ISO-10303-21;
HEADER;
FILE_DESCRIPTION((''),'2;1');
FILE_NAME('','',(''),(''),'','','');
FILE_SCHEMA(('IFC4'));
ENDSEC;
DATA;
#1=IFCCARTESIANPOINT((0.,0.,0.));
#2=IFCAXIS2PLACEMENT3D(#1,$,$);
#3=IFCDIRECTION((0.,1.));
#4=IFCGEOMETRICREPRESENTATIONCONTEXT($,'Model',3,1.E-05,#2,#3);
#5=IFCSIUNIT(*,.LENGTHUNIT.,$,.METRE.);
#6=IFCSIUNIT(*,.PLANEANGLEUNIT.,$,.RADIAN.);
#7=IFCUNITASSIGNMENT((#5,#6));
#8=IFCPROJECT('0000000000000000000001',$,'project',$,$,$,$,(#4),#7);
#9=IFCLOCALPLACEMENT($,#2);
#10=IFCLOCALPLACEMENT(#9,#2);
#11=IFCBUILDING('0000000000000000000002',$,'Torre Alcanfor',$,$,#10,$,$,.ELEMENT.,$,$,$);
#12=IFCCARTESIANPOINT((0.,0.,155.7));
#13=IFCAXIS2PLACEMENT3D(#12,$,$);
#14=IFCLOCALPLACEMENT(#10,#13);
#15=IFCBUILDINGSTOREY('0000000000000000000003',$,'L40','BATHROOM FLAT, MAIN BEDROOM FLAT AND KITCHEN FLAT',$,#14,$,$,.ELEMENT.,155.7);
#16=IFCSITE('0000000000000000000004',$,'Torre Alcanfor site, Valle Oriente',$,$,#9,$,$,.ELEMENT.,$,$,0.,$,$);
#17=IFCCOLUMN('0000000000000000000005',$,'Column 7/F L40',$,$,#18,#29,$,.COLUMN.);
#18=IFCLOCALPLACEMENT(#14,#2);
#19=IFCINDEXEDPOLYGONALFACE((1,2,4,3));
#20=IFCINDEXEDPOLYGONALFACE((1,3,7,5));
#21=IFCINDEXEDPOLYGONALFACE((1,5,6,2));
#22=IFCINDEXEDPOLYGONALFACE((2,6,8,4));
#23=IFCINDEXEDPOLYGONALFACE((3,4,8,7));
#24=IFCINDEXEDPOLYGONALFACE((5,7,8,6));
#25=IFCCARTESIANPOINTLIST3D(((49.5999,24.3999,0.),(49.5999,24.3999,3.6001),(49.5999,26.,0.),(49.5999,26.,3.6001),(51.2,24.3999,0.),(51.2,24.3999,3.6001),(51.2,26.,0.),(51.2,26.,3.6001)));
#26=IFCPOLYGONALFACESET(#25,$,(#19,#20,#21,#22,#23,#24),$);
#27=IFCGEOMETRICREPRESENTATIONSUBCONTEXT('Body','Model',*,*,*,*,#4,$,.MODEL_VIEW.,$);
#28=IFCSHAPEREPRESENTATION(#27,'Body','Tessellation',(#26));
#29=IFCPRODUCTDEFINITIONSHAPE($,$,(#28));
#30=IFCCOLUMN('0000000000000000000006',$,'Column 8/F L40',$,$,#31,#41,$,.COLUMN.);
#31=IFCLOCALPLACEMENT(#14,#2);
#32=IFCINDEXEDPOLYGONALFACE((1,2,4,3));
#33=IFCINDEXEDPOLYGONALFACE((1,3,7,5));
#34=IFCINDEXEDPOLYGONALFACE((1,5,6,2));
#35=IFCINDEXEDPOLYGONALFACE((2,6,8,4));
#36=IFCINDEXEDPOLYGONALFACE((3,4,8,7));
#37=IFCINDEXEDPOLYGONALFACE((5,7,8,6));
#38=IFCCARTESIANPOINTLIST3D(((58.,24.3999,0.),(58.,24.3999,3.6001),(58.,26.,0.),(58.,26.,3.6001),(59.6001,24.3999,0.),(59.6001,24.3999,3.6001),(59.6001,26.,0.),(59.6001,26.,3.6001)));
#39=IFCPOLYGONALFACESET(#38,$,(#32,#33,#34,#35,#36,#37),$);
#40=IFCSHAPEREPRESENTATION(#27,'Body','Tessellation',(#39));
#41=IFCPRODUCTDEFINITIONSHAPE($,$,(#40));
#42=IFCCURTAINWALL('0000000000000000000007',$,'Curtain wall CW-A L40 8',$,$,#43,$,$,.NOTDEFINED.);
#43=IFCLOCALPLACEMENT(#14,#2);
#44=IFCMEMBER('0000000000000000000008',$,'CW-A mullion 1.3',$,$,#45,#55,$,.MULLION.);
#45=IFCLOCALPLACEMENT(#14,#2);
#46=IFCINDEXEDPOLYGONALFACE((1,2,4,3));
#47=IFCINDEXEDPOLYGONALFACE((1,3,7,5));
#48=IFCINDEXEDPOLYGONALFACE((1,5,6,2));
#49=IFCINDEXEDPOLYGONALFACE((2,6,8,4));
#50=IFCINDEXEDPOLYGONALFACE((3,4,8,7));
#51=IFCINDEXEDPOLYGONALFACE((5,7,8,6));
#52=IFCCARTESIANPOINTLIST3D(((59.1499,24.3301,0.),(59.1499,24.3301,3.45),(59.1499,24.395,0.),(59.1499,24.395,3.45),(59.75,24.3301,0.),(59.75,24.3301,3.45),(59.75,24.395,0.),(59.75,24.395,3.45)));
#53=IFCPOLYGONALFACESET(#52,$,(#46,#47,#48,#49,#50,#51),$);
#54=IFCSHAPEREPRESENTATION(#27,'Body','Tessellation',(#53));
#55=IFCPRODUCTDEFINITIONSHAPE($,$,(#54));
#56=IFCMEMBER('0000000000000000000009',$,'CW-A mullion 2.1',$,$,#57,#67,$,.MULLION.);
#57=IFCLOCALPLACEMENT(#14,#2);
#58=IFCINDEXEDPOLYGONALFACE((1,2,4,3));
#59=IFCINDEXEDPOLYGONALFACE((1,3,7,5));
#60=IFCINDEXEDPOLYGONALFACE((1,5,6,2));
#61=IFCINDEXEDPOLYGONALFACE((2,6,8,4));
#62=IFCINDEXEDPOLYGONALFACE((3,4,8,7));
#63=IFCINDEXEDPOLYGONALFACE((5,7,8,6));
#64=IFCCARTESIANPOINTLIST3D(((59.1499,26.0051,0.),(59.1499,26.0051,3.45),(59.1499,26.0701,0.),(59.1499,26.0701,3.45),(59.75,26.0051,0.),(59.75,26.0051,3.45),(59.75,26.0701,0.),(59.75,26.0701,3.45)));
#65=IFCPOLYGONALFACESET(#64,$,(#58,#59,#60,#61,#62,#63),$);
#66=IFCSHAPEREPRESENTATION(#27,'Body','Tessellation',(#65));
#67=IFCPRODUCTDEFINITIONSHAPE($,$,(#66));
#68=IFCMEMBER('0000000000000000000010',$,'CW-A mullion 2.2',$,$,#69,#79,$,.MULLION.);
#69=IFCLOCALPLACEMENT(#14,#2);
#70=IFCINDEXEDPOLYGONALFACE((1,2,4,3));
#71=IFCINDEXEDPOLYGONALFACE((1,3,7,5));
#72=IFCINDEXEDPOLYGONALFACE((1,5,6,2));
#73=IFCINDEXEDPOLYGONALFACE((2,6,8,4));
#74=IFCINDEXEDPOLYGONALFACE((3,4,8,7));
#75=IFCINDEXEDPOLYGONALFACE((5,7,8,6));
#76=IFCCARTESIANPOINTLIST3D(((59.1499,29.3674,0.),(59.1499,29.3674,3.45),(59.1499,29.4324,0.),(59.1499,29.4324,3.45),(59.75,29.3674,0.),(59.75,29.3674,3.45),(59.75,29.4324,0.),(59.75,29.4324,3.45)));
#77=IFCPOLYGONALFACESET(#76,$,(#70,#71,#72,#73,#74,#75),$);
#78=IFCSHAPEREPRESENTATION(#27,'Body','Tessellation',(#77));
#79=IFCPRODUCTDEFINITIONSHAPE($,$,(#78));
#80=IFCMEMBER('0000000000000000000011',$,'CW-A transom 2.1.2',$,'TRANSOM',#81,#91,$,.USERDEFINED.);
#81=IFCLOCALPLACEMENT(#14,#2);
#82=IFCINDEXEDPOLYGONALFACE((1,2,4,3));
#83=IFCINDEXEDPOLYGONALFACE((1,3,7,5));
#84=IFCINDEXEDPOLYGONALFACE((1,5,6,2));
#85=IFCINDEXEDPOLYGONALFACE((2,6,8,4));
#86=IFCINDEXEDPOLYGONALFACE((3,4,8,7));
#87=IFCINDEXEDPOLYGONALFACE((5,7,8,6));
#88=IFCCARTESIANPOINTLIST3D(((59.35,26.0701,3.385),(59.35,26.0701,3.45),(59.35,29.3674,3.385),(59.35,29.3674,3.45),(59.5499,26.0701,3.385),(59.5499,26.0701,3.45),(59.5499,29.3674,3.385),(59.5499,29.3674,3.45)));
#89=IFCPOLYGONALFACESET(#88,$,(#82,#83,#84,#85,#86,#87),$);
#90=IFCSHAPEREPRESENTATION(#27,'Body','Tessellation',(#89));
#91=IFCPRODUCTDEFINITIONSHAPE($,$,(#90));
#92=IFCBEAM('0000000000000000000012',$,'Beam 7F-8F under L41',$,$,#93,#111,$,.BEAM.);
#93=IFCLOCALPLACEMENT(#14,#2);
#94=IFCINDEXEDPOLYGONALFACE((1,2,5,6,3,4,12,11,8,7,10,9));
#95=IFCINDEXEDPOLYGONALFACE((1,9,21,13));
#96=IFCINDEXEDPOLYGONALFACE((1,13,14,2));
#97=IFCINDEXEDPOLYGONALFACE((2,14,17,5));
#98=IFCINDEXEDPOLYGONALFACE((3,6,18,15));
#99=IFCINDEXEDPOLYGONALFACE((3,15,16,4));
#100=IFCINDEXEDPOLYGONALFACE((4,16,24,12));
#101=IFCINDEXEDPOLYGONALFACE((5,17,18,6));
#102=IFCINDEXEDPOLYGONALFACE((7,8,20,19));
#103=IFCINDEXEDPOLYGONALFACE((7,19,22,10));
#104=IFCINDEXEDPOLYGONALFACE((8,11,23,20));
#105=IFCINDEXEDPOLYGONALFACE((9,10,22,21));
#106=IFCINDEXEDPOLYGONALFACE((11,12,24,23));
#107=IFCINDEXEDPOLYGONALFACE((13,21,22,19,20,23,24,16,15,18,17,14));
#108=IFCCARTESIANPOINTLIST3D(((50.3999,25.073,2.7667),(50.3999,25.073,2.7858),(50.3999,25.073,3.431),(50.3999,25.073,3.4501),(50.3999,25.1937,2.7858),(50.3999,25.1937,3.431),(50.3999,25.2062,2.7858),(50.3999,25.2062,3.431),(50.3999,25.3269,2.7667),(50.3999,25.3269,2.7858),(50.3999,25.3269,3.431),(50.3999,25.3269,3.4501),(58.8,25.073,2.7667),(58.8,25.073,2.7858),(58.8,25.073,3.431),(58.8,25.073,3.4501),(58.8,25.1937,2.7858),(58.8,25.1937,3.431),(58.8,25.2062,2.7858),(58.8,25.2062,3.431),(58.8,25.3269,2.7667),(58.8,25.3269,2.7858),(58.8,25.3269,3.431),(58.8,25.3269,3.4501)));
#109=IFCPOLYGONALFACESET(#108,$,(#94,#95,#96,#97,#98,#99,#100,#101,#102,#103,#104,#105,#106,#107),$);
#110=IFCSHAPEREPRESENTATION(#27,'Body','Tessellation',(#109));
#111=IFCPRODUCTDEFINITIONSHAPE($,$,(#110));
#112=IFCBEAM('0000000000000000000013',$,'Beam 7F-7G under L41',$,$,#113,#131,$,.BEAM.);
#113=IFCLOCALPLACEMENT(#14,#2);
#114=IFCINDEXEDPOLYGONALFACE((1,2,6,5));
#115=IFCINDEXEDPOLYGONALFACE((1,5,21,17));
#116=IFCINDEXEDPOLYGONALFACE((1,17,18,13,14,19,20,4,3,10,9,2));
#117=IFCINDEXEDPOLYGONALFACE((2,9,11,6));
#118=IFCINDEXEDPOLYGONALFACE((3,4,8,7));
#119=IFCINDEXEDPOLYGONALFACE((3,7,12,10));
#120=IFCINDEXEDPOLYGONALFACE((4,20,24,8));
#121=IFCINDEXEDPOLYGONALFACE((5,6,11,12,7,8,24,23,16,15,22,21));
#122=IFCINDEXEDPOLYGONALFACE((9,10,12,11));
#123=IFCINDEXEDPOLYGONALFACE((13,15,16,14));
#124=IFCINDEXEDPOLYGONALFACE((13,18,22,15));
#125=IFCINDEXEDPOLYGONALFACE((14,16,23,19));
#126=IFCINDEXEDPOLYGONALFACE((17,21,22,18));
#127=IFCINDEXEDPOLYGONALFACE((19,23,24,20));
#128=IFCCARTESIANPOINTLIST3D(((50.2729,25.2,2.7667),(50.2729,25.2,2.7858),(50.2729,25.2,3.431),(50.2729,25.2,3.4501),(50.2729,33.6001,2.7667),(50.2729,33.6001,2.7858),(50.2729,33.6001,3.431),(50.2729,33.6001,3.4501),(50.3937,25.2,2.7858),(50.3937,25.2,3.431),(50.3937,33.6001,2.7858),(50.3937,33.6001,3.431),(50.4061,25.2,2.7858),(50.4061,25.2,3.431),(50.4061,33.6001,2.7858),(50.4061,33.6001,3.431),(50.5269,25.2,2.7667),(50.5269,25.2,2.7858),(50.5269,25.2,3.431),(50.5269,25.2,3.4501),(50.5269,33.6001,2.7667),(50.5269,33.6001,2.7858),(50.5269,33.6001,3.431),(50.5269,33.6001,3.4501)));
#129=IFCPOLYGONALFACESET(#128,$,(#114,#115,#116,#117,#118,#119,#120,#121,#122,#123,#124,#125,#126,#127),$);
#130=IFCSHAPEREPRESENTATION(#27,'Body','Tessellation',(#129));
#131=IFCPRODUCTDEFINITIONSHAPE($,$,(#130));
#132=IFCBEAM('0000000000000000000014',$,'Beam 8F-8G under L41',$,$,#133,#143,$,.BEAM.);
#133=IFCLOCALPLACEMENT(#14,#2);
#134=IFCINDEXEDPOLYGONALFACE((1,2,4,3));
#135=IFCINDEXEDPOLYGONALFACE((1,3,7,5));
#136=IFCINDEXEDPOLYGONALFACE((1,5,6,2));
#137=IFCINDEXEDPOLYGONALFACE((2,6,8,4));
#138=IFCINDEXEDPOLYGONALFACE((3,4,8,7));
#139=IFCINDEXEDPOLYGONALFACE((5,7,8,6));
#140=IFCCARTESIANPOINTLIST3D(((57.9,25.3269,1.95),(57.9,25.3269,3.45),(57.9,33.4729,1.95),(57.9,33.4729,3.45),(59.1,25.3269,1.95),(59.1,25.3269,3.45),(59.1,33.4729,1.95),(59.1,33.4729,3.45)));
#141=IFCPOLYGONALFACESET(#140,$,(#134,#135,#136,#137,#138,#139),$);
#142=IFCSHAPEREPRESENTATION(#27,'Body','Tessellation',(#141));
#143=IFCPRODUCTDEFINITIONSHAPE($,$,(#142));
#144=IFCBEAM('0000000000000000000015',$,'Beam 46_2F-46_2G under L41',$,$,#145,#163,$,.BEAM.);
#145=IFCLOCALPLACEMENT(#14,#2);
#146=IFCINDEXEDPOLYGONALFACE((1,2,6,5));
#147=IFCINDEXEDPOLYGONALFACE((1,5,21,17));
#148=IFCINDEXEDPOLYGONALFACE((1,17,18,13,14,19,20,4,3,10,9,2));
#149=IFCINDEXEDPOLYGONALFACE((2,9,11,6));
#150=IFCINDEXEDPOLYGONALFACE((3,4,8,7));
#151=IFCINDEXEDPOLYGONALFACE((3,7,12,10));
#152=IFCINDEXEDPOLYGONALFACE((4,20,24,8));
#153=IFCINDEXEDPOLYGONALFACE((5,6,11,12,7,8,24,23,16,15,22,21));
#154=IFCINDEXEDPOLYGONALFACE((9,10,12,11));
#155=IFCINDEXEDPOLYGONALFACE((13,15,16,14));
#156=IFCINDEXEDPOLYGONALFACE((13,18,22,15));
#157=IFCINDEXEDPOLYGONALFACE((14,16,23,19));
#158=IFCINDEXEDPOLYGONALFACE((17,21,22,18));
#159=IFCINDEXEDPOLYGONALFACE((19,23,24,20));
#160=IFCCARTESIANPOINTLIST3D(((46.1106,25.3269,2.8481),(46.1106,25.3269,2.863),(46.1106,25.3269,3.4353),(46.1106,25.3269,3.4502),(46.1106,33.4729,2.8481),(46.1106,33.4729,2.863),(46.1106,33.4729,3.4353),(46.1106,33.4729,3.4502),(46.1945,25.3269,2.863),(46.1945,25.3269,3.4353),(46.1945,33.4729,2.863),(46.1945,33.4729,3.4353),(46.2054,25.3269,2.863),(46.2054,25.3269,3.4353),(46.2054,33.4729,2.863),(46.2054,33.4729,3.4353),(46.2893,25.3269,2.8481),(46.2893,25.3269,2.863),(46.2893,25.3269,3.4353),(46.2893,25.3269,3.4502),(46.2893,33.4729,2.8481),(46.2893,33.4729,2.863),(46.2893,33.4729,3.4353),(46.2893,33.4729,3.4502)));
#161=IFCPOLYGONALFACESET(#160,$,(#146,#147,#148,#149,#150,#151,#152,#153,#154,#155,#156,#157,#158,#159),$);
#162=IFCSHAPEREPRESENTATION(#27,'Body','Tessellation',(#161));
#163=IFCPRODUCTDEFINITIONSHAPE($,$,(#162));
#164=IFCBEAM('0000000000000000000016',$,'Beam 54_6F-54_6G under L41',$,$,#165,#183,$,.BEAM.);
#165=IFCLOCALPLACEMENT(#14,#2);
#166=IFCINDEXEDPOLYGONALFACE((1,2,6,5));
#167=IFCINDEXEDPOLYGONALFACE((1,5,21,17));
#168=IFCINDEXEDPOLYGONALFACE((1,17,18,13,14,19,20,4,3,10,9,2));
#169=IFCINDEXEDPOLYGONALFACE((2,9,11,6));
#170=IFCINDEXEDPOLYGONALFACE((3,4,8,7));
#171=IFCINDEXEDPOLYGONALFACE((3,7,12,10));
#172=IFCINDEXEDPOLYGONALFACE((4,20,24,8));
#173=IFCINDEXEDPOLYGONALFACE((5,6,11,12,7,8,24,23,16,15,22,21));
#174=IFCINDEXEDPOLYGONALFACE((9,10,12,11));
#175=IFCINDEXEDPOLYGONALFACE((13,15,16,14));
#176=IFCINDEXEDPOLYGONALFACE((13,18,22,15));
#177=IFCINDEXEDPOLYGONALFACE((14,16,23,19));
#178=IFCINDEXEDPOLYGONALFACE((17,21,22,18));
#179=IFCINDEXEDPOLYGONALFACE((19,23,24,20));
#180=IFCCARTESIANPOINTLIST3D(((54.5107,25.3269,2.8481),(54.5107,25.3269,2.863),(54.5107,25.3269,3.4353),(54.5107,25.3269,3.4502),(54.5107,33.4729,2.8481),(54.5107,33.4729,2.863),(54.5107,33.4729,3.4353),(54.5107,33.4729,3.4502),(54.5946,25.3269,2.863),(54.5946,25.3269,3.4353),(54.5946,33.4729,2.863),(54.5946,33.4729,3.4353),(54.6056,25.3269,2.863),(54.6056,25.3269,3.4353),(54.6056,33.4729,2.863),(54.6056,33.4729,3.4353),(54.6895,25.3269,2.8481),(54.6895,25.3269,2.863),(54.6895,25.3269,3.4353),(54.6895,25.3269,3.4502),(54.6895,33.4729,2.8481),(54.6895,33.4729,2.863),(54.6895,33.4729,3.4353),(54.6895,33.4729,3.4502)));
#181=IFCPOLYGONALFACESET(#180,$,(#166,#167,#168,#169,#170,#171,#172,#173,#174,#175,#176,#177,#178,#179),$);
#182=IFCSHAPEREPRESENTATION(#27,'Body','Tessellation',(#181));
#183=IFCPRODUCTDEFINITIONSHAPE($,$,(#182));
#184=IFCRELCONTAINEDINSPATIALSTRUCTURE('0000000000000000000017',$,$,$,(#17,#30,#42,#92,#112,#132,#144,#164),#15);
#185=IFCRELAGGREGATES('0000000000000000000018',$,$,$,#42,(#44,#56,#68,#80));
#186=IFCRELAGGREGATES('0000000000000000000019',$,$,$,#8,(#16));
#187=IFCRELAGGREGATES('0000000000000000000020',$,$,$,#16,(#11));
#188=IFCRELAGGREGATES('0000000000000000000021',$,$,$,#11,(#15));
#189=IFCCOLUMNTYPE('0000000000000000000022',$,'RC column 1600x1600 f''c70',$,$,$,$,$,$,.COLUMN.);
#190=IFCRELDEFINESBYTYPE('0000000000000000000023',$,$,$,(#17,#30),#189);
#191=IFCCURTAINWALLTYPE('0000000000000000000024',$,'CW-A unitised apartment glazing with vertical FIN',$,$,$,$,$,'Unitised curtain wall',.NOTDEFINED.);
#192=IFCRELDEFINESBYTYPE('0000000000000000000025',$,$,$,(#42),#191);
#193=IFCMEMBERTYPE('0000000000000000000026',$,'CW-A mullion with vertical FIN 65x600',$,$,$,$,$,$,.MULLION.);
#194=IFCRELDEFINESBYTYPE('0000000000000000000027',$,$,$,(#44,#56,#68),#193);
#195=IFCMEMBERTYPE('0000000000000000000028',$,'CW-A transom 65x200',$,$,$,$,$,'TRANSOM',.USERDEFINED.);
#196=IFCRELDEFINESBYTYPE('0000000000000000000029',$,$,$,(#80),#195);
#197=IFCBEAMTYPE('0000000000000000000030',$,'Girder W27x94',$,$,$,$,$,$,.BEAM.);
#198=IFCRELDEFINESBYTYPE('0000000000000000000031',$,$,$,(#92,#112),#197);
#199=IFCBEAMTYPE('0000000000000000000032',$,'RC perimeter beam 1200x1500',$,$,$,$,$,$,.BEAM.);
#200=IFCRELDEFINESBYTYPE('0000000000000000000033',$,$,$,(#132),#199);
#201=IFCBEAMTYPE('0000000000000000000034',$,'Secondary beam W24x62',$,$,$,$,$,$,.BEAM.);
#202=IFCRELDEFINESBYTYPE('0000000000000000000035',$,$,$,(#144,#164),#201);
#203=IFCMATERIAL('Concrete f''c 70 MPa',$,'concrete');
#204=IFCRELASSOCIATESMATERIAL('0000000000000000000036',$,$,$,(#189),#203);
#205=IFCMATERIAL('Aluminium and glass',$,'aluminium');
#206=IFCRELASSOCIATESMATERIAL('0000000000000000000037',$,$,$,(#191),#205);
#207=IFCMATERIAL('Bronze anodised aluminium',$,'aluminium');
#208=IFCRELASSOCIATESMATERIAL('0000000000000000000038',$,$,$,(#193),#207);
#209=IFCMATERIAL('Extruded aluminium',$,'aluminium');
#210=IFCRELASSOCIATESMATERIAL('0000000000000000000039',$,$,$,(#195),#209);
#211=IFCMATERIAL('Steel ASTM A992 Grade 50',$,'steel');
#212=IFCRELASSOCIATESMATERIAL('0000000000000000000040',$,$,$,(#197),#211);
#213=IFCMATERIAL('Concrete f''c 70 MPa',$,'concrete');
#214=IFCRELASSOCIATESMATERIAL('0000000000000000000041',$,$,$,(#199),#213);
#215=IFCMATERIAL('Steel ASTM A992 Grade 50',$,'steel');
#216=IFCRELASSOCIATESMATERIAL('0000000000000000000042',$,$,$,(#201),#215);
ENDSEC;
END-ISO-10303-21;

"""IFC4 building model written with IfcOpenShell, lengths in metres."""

from ifc_helpers import new_model, si_unit, direction, frame, origin, origin_2d, place, context, subcontext, project, spatial, rectangle, i_section, extrude, material, material_profile, profile_set, type_object, element, aggregate, save


model = new_model("IFC4")

# Units and contexts
model_context = context("Model", 3, precision=1e-05, world=origin(), true_north=direction((0.0, 1.0)))
body_context = subcontext(model_context, "Body", "Model", "MODEL_VIEW")
ifc_project = project(units=[si_unit("LENGTHUNIT", "METRE"), si_unit("PLANEANGLEUNIT", "RADIAN")], contexts=[model_context])

# Site, building, storey
site_placement = place(None, origin())
site = spatial("IfcSite", under=ifc_project, at=site_placement, Name="Torre Alcanfor site, Valle Oriente", CompositionType="ELEMENT", RefElevation=0.0)
building_placement = place(site_placement, origin())
building = spatial("IfcBuilding", under=site, at=building_placement, Name="Torre Alcanfor", CompositionType="ELEMENT")
storey_placement = place(building_placement, frame((0.0, 0.0, 155.7)))
storey = spatial("IfcBuildingStorey", under=building, at=storey_placement, Name="L40", Description="BATHROOM FLAT, MAIN BEDROOM FLAT AND KITCHEN FLAT", CompositionType="ELEMENT", Elevation=155.7)

# Columns
ifc_material_1 = material(Name="Concrete f'c 70 MPa", Category="concrete")
ifc_material_profile_1 = material_profile(ifc_material_1, rectangle(XDim=1.6001, YDim=1.6001, at=origin_2d()), Name="1600x1600")
ifc_profile_set_1 = profile_set([ifc_material_profile_1], Name="Concrete f'c 70 MPa")
column_type = type_object("IfcColumnType", Name="RC column 1600x1600 f'c70", PredefinedType="COLUMN", material=ifc_profile_set_1)
for number, where, z_axis, x_axis, name in (
    (1, (50.3999, 25.2, 0.0), (0.0, 0.0, 1.0), (1.0, 0.0, 0.0), "Column 7/F L40"),
    (2, (58.8, 25.2, 0.0), (0.0, 0.0, 1.0), (1.0, 0.0, 0.0), "Column 8/F L40"),
):
    element("IfcColumn", number, at=place(storey_placement, frame(where, z_axis=z_axis, x_axis=x_axis)), inside=storey, type_object=column_type, Name=name, PredefinedType="COLUMN", context=body_context, shape_type="SweptSolid", body=[
        extrude(rectangle(XDim=1.6001, YDim=1.6001, at=origin_2d()), origin(), (0.0, 0.0, 1.0), 3.6001),
    ])

# Curtain wall, members
ifc_material_2 = material(Name="Aluminium and glass", Category="aluminium")
curtain_wall_type = type_object("IfcCurtainWallType", Name="CW-A unitised apartment glazing with vertical FIN", ElementType="Unitised curtain wall", PredefinedType="NOTDEFINED", material=ifc_material_2)
curtain_wall_placement = place(storey_placement, origin())
curtain_wall = element("IfcCurtainWall", 3, at=curtain_wall_placement, inside=storey, type_object=curtain_wall_type, Name="Curtain wall CW-A L40 8", PredefinedType="NOTDEFINED")
ifc_material_3 = material(Name="Bronze anodised aluminium", Category="aluminium")
ifc_material_profile_2 = material_profile(ifc_material_3, rectangle(XDim=0.6001, YDim=0.0649, at=origin_2d()), Name="CW-A mullion 65x600")
ifc_profile_set_2 = profile_set([ifc_material_profile_2], Name="Bronze anodised aluminium")
member_type_1 = type_object("IfcMemberType", Name="CW-A mullion with vertical FIN 65x600", PredefinedType="MULLION", material=ifc_profile_set_2)
member_1_placement = place(storey_placement, frame((59.45, 24.3625, 0.0), z_axis=(0.0, 0.0, 1.0), x_axis=(-1.0, 0.0, 0.0)))
member_1 = element("IfcMember", 4, at=member_1_placement, type_object=member_type_1, Name="CW-A mullion 1.3", PredefinedType="MULLION", context=body_context, shape_type="SweptSolid", body=[
    extrude(rectangle(XDim=0.6001, YDim=0.0649, at=origin_2d()), origin(), (0.0, 0.0, 1.0), 3.45),
])
member_2_placement = place(storey_placement, frame((59.45, 26.0376, 0.0), z_axis=(0.0, 0.0, 1.0), x_axis=(-1.0, 0.0, 0.0)))
member_2 = element("IfcMember", 5, at=member_2_placement, type_object=member_type_1, Name="CW-A mullion 2.1", PredefinedType="MULLION", context=body_context, shape_type="SweptSolid", body=[
    extrude(rectangle(XDim=0.6001, YDim=0.0649, at=origin_2d()), origin(), (0.0, 0.0, 1.0), 3.45),
])
member_3_placement = place(storey_placement, frame((59.45, 29.3999, 0.0), z_axis=(0.0, 0.0, 1.0), x_axis=(-1.0, 0.0, 0.0)))
member_3 = element("IfcMember", 6, at=member_3_placement, type_object=member_type_1, Name="CW-A mullion 2.2", PredefinedType="MULLION", context=body_context, shape_type="SweptSolid", body=[
    extrude(rectangle(XDim=0.6001, YDim=0.0649, at=origin_2d()), origin(), (0.0, 0.0, 1.0), 3.45),
])
ifc_material_4 = material(Name="Extruded aluminium", Category="aluminium")
ifc_material_profile_3 = material_profile(ifc_material_4, rectangle(XDim=0.2, YDim=0.0649, at=origin_2d()), Name="CW-A transom 200x65")
ifc_profile_set_3 = profile_set([ifc_material_profile_3], Name="Extruded aluminium")
member_type_2 = type_object("IfcMemberType", Name="CW-A transom 65x200", ElementType="TRANSOM", PredefinedType="USERDEFINED", material=ifc_profile_set_3)
member_4_placement = place(storey_placement, frame((59.45, 26.0701, 3.4175), z_axis=(0.0, 1.0, 0.0), x_axis=(-1.0, 0.0, 0.0)))
member_4 = element("IfcMember", 7, at=member_4_placement, type_object=member_type_2, Name="CW-A transom 2.1.2", ObjectType="TRANSOM", PredefinedType="USERDEFINED", context=body_context, shape_type="SweptSolid", body=[
    extrude(rectangle(XDim=0.2, YDim=0.0649, at=origin_2d()), origin(), (0.0, 0.0, 1.0), 3.2974),
])

# Beams
ifc_material_5 = material(Name="Steel ASTM A992 Grade 50", Category="steel")
ifc_material_profile_4 = material_profile(ifc_material_5, i_section(OverallWidth=0.2539, OverallDepth=0.6833, WebThickness=0.0125, FlangeThickness=0.019, at=origin_2d()), Name="W27x94")
ifc_profile_set_4 = profile_set([ifc_material_profile_4], Name="Steel ASTM A992 Grade 50")
beam_type_1 = type_object("IfcBeamType", Name="Girder W27x94", PredefinedType="BEAM", material=ifc_profile_set_4)
for number, where, z_axis, x_axis, name in (
    (8, (50.3999, 25.2, 3.1084), (1.0, 0.0, 0.0), (0.0, 1.0, 0.0), "Beam 7F-8F under L41"),
    (9, (50.3999, 25.2, 3.1084), (0.0, 1.0, 0.0), (-1.0, 0.0, 0.0), "Beam 7F-7G under L41"),
):
    element("IfcBeam", number, at=place(storey_placement, frame(where, z_axis=z_axis, x_axis=x_axis)), inside=storey, type_object=beam_type_1, Name=name, PredefinedType="BEAM", context=body_context, shape_type="SweptSolid", body=[
        extrude(i_section(OverallWidth=0.2539, OverallDepth=0.6833, WebThickness=0.0125, FlangeThickness=0.019, at=origin_2d()), origin(), (0.0, 0.0, 1.0), 8.4001),
    ])
ifc_material_6 = material(Name="Concrete f'c 70 MPa", Category="concrete")
ifc_material_profile_5 = material_profile(ifc_material_6, rectangle(XDim=1.2, YDim=1.5, at=origin_2d()), Name="1200x1500")
ifc_profile_set_5 = profile_set([ifc_material_profile_5], Name="Concrete f'c 70 MPa")
beam_type_2 = type_object("IfcBeamType", Name="RC perimeter beam 1200x1500", PredefinedType="BEAM", material=ifc_profile_set_5)
beam_placement = place(storey_placement, frame((58.5, 25.3269, 2.7), z_axis=(0.0, 1.0, 0.0), x_axis=(-1.0, 0.0, 0.0)))
element("IfcBeam", 10, at=beam_placement, inside=storey, type_object=beam_type_2, Name="Beam 8F-8G under L41", PredefinedType="BEAM", context=body_context, shape_type="SweptSolid", body=[
    extrude(rectangle(XDim=1.2, YDim=1.5, at=origin_2d()), origin(), (0.0, 0.0, 1.0), 8.146),
])
ifc_material_7 = material(Name="Steel ASTM A992 Grade 50", Category="steel")
ifc_material_profile_6 = material_profile(ifc_material_7, i_section(OverallWidth=0.1787, OverallDepth=0.6021, WebThickness=0.011, FlangeThickness=0.0149, at=origin_2d()), Name="W24x62")
ifc_profile_set_6 = profile_set([ifc_material_profile_6], Name="Steel ASTM A992 Grade 50")
beam_type_3 = type_object("IfcBeamType", Name="Secondary beam W24x62", PredefinedType="BEAM", material=ifc_profile_set_6)
for number, where, z_axis, x_axis, name in (
    (11, (46.2, 25.3269, 3.1492), (0.0, 1.0, 0.0), (-1.0, 0.0, 0.0), "Beam 46_2F-46_2G under L41"),
    (12, (54.6001, 25.3269, 3.1492), (0.0, 1.0, 0.0), (-1.0, 0.0, 0.0), "Beam 54_6F-54_6G under L41"),
):
    element("IfcBeam", number, at=place(storey_placement, frame(where, z_axis=z_axis, x_axis=x_axis)), inside=storey, type_object=beam_type_3, Name=name, PredefinedType="BEAM", context=body_context, shape_type="SweptSolid", body=[
        extrude(i_section(OverallWidth=0.1787, OverallDepth=0.6021, WebThickness=0.011, FlangeThickness=0.0149, at=origin_2d()), origin(), (0.0, 0.0, 1.0), 8.146),
    ])

aggregate(curtain_wall, [member_1, member_2, member_3, member_4])

save(model, "model.ifc")
